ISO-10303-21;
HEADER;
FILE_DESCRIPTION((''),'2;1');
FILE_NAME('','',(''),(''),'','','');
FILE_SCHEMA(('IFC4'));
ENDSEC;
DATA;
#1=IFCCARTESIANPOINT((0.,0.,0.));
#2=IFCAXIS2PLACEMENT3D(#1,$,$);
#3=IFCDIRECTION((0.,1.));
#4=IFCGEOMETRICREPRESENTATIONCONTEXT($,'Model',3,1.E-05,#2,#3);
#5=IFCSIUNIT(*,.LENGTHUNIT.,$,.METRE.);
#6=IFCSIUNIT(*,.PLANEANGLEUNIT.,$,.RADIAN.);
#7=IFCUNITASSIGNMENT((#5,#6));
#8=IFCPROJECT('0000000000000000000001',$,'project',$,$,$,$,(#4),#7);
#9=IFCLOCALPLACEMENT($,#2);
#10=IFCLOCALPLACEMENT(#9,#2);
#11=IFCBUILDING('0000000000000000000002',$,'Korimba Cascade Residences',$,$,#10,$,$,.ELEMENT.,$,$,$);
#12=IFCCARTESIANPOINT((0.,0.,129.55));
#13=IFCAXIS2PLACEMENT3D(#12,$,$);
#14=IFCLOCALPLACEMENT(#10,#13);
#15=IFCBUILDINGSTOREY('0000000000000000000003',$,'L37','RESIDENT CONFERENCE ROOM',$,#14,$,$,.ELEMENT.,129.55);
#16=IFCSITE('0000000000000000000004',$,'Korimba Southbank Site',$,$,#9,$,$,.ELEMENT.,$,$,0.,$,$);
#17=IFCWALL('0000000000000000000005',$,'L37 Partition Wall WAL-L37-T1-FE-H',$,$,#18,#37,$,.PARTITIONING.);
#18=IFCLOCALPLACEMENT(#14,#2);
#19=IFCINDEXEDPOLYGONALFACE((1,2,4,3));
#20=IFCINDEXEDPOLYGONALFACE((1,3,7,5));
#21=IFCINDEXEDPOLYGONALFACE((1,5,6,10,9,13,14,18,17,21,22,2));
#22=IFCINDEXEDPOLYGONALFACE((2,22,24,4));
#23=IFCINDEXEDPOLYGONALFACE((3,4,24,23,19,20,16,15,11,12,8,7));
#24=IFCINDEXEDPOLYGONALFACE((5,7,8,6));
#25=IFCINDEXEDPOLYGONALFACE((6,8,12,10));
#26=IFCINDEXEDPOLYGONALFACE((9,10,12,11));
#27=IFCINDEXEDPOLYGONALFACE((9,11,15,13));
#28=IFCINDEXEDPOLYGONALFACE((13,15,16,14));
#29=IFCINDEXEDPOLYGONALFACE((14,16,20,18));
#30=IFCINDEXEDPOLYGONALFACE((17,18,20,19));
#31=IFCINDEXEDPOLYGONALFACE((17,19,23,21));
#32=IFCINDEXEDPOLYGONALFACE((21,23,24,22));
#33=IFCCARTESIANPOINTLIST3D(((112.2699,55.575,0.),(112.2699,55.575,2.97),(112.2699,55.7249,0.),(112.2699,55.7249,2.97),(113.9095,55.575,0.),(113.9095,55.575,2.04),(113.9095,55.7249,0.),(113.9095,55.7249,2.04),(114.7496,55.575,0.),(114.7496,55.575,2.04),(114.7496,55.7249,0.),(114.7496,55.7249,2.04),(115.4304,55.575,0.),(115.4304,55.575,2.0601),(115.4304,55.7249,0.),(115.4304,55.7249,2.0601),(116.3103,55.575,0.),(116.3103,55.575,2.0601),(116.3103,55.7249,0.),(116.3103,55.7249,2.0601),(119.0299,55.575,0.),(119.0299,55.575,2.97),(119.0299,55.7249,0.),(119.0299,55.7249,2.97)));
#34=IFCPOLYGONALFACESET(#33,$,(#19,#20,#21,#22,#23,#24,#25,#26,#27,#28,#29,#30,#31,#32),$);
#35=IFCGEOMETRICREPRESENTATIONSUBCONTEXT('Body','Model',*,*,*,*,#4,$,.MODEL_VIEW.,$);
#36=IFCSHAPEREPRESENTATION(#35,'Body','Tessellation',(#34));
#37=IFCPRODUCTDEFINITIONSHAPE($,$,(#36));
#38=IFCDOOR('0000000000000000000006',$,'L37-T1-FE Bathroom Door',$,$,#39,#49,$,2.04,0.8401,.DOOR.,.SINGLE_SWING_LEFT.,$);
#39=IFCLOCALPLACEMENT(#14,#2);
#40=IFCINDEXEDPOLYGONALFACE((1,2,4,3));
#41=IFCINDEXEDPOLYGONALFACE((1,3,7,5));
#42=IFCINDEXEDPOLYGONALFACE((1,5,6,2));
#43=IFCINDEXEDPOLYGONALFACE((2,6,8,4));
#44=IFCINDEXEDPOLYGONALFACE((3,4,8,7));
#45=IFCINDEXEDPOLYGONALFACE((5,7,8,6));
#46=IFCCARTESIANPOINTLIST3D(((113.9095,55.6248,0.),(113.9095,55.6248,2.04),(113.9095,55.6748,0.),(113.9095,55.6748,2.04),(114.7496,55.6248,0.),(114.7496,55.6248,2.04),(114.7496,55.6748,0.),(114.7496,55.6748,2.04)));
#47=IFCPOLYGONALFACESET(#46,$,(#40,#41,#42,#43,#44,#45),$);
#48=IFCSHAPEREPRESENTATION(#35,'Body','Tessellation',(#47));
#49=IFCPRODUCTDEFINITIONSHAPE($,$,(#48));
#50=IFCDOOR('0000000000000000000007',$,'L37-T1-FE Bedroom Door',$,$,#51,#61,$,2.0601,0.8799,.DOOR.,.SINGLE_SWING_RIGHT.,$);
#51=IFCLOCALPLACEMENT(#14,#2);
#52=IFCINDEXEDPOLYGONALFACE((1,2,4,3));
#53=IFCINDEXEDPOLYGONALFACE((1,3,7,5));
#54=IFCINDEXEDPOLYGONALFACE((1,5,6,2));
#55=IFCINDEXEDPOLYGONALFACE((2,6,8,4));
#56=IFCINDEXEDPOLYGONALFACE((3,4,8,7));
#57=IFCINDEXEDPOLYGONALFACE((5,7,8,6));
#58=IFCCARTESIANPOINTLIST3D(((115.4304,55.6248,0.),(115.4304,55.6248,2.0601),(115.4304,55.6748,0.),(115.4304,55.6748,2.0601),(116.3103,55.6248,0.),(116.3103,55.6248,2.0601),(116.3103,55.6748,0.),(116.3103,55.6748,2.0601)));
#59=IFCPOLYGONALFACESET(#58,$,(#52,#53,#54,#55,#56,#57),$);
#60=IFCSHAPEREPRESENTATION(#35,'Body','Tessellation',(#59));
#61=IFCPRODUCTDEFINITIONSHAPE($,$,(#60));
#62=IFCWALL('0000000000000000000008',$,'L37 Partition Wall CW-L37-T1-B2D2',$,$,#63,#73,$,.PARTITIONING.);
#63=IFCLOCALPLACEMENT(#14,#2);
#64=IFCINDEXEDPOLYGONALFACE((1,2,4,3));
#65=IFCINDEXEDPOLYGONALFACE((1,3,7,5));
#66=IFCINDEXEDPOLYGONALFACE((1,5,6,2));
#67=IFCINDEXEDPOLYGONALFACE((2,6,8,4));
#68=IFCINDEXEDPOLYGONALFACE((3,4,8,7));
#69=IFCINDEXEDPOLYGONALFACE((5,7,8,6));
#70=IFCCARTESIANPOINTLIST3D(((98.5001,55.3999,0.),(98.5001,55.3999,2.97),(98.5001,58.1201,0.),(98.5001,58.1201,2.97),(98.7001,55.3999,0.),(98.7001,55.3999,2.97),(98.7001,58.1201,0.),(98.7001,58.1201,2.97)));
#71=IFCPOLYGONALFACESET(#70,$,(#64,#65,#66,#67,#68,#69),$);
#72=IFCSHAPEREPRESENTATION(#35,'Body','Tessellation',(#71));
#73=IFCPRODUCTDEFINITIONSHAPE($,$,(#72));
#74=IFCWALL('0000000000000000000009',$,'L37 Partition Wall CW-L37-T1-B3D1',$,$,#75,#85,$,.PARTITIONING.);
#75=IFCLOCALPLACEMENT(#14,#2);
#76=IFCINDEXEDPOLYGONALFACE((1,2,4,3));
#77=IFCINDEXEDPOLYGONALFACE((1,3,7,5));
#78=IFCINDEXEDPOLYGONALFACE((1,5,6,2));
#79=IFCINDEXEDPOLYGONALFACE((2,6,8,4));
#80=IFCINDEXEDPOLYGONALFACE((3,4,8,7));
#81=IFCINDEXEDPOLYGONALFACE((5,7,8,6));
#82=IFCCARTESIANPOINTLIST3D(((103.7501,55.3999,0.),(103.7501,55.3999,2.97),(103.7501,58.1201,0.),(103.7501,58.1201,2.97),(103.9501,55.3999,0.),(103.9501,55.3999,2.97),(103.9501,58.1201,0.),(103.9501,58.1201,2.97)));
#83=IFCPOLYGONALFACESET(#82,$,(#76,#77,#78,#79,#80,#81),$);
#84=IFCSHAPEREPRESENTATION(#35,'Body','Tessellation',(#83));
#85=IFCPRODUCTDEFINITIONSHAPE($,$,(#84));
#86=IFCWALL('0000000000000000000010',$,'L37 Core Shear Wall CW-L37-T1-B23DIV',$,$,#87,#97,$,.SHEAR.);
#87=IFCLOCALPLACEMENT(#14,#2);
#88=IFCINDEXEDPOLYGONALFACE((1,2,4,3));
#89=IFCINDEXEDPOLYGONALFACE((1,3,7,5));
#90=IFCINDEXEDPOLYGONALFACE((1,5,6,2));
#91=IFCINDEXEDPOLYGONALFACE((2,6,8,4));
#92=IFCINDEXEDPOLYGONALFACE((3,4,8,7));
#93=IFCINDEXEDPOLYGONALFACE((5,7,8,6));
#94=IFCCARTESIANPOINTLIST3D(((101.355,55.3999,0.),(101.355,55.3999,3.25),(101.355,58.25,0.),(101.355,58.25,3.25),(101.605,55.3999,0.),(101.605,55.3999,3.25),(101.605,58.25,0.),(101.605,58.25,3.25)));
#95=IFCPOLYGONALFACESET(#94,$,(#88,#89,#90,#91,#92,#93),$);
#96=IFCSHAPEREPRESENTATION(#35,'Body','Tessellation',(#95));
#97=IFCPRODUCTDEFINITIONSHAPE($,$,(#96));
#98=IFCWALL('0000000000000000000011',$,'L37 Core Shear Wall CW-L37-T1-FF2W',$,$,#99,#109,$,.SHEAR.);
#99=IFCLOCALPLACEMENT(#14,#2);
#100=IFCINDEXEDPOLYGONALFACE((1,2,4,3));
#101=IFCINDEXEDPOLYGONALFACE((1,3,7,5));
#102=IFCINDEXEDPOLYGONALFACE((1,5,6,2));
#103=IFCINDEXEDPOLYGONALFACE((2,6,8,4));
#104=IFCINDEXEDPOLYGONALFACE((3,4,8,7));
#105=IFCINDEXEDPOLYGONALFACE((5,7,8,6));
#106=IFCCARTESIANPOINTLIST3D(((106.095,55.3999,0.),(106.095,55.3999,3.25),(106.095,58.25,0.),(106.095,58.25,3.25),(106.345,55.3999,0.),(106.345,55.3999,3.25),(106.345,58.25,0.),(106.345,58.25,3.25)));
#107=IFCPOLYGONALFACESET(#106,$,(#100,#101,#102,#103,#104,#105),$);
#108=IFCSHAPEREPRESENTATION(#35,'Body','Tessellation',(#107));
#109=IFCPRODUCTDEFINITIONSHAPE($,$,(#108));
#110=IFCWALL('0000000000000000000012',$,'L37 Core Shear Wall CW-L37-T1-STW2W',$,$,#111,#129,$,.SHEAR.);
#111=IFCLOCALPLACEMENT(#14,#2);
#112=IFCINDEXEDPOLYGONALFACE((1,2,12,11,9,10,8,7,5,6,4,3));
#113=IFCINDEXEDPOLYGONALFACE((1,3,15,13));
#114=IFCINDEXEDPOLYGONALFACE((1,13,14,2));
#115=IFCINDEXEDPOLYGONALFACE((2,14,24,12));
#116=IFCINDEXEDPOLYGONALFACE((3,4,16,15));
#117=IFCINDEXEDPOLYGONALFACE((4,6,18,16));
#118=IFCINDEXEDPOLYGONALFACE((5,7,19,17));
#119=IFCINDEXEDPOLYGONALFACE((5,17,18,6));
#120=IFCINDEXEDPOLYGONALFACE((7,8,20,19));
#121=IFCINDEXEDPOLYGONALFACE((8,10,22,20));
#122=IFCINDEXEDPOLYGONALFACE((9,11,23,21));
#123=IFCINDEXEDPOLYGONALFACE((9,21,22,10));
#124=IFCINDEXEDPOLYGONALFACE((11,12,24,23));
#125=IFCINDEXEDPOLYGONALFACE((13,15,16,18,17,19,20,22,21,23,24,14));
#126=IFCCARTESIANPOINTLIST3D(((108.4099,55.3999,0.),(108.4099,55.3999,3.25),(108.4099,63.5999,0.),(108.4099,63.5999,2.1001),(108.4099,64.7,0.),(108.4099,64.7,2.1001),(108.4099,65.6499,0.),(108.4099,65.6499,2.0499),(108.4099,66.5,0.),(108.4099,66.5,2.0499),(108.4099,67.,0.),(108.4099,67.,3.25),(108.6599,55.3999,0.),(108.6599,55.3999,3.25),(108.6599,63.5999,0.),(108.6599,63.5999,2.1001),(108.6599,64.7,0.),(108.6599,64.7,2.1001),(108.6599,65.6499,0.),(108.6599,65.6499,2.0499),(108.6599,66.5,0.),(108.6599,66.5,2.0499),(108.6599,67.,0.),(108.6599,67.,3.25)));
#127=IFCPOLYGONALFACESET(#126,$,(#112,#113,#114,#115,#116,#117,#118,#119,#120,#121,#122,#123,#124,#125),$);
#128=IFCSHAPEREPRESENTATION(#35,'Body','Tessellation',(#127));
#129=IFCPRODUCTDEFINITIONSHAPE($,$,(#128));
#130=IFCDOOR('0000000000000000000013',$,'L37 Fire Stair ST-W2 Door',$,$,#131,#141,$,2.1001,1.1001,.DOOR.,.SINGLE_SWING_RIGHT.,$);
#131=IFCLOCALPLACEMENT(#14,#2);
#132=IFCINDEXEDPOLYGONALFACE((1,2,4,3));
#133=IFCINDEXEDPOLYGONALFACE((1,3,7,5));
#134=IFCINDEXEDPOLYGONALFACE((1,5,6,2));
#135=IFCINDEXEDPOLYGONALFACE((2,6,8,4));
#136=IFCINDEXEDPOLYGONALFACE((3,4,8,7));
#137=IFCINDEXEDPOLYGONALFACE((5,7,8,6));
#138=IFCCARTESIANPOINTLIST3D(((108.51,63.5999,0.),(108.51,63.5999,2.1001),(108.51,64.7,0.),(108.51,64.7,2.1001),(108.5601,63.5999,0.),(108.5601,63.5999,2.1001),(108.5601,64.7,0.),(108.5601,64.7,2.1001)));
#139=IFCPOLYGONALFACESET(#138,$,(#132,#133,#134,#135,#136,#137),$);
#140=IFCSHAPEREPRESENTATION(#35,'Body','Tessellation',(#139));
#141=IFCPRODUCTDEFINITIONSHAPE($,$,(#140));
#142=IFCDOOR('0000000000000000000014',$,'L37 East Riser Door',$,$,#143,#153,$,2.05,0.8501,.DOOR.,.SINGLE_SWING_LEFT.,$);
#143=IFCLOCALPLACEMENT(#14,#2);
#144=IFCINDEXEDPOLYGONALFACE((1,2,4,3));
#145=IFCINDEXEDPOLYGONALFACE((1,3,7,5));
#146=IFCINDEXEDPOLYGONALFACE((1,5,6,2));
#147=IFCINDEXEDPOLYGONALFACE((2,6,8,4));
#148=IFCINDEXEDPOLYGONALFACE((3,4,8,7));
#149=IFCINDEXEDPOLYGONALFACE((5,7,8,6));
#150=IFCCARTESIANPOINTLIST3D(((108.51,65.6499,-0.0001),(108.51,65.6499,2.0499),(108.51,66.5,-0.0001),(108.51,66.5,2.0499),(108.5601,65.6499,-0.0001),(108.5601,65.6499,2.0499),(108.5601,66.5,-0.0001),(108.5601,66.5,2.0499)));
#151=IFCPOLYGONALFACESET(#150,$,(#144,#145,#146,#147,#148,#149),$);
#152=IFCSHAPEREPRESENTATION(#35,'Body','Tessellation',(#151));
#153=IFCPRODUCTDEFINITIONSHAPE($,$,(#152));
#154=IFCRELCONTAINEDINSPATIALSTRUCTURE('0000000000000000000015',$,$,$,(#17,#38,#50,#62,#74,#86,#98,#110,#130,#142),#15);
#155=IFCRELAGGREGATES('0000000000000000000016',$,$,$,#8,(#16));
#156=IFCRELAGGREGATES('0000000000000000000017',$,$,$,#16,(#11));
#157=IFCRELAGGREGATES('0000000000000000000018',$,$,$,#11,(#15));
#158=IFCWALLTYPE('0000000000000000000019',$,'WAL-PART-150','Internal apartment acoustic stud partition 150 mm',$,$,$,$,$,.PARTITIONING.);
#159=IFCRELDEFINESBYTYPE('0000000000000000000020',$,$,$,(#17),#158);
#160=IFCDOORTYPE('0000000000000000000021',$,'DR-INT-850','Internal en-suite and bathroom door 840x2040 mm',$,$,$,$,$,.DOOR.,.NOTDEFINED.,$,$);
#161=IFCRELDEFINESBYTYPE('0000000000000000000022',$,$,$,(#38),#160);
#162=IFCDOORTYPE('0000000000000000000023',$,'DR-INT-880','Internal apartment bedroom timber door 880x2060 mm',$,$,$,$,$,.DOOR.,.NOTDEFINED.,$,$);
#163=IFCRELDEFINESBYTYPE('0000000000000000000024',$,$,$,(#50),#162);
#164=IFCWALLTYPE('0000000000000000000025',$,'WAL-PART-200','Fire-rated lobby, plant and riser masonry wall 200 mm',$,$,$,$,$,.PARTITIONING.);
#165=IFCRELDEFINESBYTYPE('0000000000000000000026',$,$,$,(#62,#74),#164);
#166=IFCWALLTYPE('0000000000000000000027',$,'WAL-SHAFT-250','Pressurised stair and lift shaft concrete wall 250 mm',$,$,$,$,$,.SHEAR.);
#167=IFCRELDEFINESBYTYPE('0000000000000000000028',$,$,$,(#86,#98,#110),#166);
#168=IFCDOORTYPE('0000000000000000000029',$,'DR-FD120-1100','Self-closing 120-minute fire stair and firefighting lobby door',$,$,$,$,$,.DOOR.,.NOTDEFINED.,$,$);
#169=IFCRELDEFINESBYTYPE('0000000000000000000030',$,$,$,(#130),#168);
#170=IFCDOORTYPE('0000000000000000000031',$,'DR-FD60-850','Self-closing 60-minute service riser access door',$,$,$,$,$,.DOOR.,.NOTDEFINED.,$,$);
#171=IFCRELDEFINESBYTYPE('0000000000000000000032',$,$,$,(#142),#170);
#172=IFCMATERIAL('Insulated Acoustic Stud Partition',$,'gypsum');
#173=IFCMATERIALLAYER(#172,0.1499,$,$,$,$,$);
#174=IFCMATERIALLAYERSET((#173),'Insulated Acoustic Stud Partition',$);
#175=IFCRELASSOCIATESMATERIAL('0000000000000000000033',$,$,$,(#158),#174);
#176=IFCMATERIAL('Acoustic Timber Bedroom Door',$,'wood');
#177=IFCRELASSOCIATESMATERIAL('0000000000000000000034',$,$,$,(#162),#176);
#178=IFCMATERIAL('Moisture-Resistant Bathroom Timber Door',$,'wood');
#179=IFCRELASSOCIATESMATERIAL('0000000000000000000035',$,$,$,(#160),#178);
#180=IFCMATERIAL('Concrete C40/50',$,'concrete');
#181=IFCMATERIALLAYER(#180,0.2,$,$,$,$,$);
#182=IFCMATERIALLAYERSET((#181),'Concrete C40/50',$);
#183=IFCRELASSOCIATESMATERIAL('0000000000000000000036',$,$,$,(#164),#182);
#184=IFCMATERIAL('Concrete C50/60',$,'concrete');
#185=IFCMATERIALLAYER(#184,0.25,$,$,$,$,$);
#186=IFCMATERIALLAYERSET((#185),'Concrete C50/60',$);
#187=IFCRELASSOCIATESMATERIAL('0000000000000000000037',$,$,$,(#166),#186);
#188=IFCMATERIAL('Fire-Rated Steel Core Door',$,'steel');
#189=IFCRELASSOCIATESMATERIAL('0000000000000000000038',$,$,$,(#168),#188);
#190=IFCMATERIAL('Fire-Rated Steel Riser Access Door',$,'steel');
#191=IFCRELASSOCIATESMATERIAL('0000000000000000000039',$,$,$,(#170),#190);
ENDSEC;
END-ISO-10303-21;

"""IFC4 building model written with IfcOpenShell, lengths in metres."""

from ifc_helpers import new_model, si_unit, direction, frame, frame_2d, origin, place, context, subcontext, project, spatial, rectangle, extrude, material, layer, layer_set, type_object, element, fill, save


model = new_model("IFC4")

# Units and contexts
model_context = context("Model", 3, precision=1e-05, world=origin(), true_north=direction((0.0, 1.0)))
body_context = subcontext(model_context, "Body", "Model", "MODEL_VIEW")
ifc_project = project(units=[si_unit("LENGTHUNIT", "METRE"), si_unit("PLANEANGLEUNIT", "RADIAN")], contexts=[model_context])

# Site, building, storey
site_placement = place(None, origin())
site = spatial("IfcSite", under=ifc_project, at=site_placement, Name="Korimba Southbank Site", CompositionType="ELEMENT", RefElevation=0.0)
building_placement = place(site_placement, origin())
building = spatial("IfcBuilding", under=site, at=building_placement, Name="Korimba Cascade Residences", CompositionType="ELEMENT")
storey_placement = place(building_placement, frame((0.0, 0.0, 129.55)))
storey = spatial("IfcBuildingStorey", under=building, at=storey_placement, Name="L37", Description="RESIDENT CONFERENCE ROOM", CompositionType="ELEMENT", Elevation=129.55)

# Shared definitions
ifc_material_1 = material(Name="Insulated Acoustic Stud Partition", Category="gypsum")
ifc_layer_1 = layer(ifc_material_1, 0.1499)
ifc_layer_set_1 = layer_set([ifc_layer_1], Name="Insulated Acoustic Stud Partition")
wall_type_1 = type_object("IfcWallType", Name="WAL-PART-150", Description="Internal apartment acoustic stud partition 150 mm", PredefinedType="PARTITIONING", material=ifc_layer_set_1)
ifc_material_2 = material(Name="Acoustic Timber Bedroom Door", Category="wood")
door_type_1 = type_object("IfcDoorType", Name="DR-INT-880", Description="Internal apartment bedroom timber door 880x2060 mm", OperationType="NOTDEFINED", PredefinedType="DOOR", material=ifc_material_2)

# Wall, openings, doors
wall_1_placement = place(storey_placement, frame((112.27, 55.6499, 0.0), z_axis=(0.0, 0.0, 1.0), x_axis=(1.0, 0.0, 0.0)))
wall_1 = element("IfcWall", 1, at=wall_1_placement, inside=storey, type_object=wall_type_1, Name="L37 Partition Wall WAL-L37-T1-FE-H", PredefinedType="PARTITIONING", context=body_context, shape_type="SweptSolid", body=[
    extrude(rectangle(XDim=6.76, YDim=0.1499, at=frame_2d((3.3799, 0.0))), origin(), (0.0, 0.0, 1.0), 2.97),
])
opening_1_placement = place(wall_1_placement, frame((1.6396, 0.0, 0.0)))
opening_1 = element("IfcOpeningElement", 2, at=opening_1_placement, cuts=wall_1, PredefinedType="OPENING", context=body_context, shape_type="SweptSolid", body=[
    extrude(rectangle(XDim=0.8401, YDim=2.04, at=frame_2d((0.4199, 1.02))), frame((0.0, 0.085, 0.0), z_axis=(0.0, -1.0, 0.0), x_axis=(1.0, 0.0, 0.0)), (0.0, 0.0, 1.0), 0.1699),
])
opening_2_placement = place(wall_1_placement, frame((3.1604, 0.0, 0.0)))
opening_2 = element("IfcOpeningElement", 3, at=opening_2_placement, cuts=wall_1, PredefinedType="OPENING", context=body_context, shape_type="SweptSolid", body=[
    extrude(rectangle(XDim=0.8799, YDim=2.0601, at=frame_2d((0.4399, 1.03))), frame((0.0, 0.085, 0.0), z_axis=(0.0, -1.0, 0.0), x_axis=(1.0, 0.0, 0.0)), (0.0, 0.0, 1.0), 0.1699),
])
ifc_material_3 = material(Name="Moisture-Resistant Bathroom Timber Door", Category="wood")
door_type_2 = type_object("IfcDoorType", Name="DR-INT-850", Description="Internal en-suite and bathroom door 840x2040 mm", OperationType="NOTDEFINED", PredefinedType="DOOR", material=ifc_material_3)
door_1_placement = place(opening_1_placement, origin())
door_1 = element("IfcDoor", 4, at=door_1_placement, inside=storey, type_object=door_type_2, Name="L37-T1-FE Bathroom Door", OperationType="SINGLE_SWING_LEFT", OverallHeight=2.04, OverallWidth=0.8401, PredefinedType="DOOR", context=body_context, shape_type="SweptSolid", body=[
    extrude(rectangle(XDim=0.8401, YDim=2.04, at=frame_2d((0.4199, 1.02))), frame((0.0, 0.0249, 0.0), z_axis=(0.0, -1.0, 0.0), x_axis=(1.0, 0.0, 0.0)), (0.0, 0.0, 1.0), 0.05),
])
fill(opening_1, door_1)
door_2_placement = place(opening_2_placement, origin())
door_2 = element("IfcDoor", 5, at=door_2_placement, inside=storey, type_object=door_type_1, Name="L37-T1-FE Bedroom Door", OperationType="SINGLE_SWING_RIGHT", OverallHeight=2.0601, OverallWidth=0.8799, PredefinedType="DOOR", context=body_context, shape_type="SweptSolid", body=[
    extrude(rectangle(XDim=0.8799, YDim=2.0601, at=frame_2d((0.4399, 1.03))), frame((0.0, 0.0249, 0.0), z_axis=(0.0, -1.0, 0.0), x_axis=(1.0, 0.0, 0.0)), (0.0, 0.0, 1.0), 0.05),
])
fill(opening_2, door_2)

# Walls
ifc_material_4 = material(Name="Concrete C40/50", Category="concrete")
ifc_layer_2 = layer(ifc_material_4, 0.2)
ifc_layer_set_2 = layer_set([ifc_layer_2], Name="Concrete C40/50")
wall_type_2 = type_object("IfcWallType", Name="WAL-PART-200", Description="Fire-rated lobby, plant and riser masonry wall 200 mm", PredefinedType="PARTITIONING", material=ifc_layer_set_2)
for number, where, z_axis, x_axis, name in (
    (6, (98.6001, 55.3999, 0.0), (0.0, 0.0, 1.0), (0.0, 1.0, 0.0), "L37 Partition Wall CW-L37-T1-B2D2"),
    (7, (103.8501, 55.3999, 0.0), (0.0, 0.0, 1.0), (0.0, 1.0, 0.0), "L37 Partition Wall CW-L37-T1-B3D1"),
):
    element("IfcWall", number, at=place(storey_placement, frame(where, z_axis=z_axis, x_axis=x_axis)), inside=storey, type_object=wall_type_2, Name=name, PredefinedType="PARTITIONING", context=body_context, shape_type="SweptSolid", body=[
        extrude(rectangle(XDim=2.7202, YDim=0.2, at=frame_2d((1.3601, 0.0))), origin(), (0.0, 0.0, 1.0), 2.97),
    ])
ifc_material_5 = material(Name="Concrete C50/60", Category="concrete")
ifc_layer_3 = layer(ifc_material_5, 0.25)
ifc_layer_set_3 = layer_set([ifc_layer_3], Name="Concrete C50/60")
wall_type_3 = type_object("IfcWallType", Name="WAL-SHAFT-250", Description="Pressurised stair and lift shaft concrete wall 250 mm", PredefinedType="SHEAR", material=ifc_layer_set_3)
for number, where, z_axis, x_axis, name in (
    (8, (101.48, 55.3999, 0.0), (0.0, 0.0, 1.0), (0.0, 1.0, 0.0), "L37 Core Shear Wall CW-L37-T1-B23DIV"),
    (9, (106.22, 55.3999, 0.0), (0.0, 0.0, 1.0), (0.0, 1.0, 0.0), "L37 Core Shear Wall CW-L37-T1-FF2W"),
):
    element("IfcWall", number, at=place(storey_placement, frame(where, z_axis=z_axis, x_axis=x_axis)), inside=storey, type_object=wall_type_3, Name=name, PredefinedType="SHEAR", context=body_context, shape_type="SweptSolid", body=[
        extrude(rectangle(XDim=2.8501, YDim=0.25, at=frame_2d((1.425, 0.0))), origin(), (0.0, 0.0, 1.0), 3.25),
    ])

# Wall, openings, doors
wall_2_placement = place(storey_placement, frame((108.5349, 55.3999, 0.0), z_axis=(0.0, 0.0, 1.0), x_axis=(0.0, 1.0, 0.0)))
wall_2 = element("IfcWall", 10, at=wall_2_placement, inside=storey, type_object=wall_type_3, Name="L37 Core Shear Wall CW-L37-T1-STW2W", PredefinedType="SHEAR", context=body_context, shape_type="SweptSolid", body=[
    extrude(rectangle(XDim=11.6001, YDim=0.25, at=frame_2d((5.8, 0.0))), origin(), (0.0, 0.0, 1.0), 3.25),
])
opening_3_placement = place(wall_2_placement, frame((8.2, 0.0, 0.0)))
opening_3 = element("IfcOpeningElement", 11, at=opening_3_placement, cuts=wall_2, PredefinedType="OPENING", context=body_context, shape_type="SweptSolid", body=[
    extrude(rectangle(XDim=1.1001, YDim=2.1001, at=frame_2d((0.55, 1.05))), frame((0.0, 0.135, 0.0), z_axis=(0.0, -1.0, 0.0), x_axis=(1.0, 0.0, 0.0)), (0.0, 0.0, 1.0), 0.27),
])
opening_4_placement = place(wall_2_placement, frame((10.25, 0.0, 0.0)))
opening_4 = element("IfcOpeningElement", 12, at=opening_4_placement, cuts=wall_2, PredefinedType="OPENING", context=body_context, shape_type="SweptSolid", body=[
    extrude(rectangle(XDim=0.8501, YDim=2.05, at=frame_2d((0.425, 1.0249))), frame((0.0, 0.135, 0.0), z_axis=(0.0, -1.0, 0.0), x_axis=(1.0, 0.0, 0.0)), (0.0, 0.0, 1.0), 0.27),
])
ifc_material_6 = material(Name="Fire-Rated Steel Core Door", Category="steel")
door_type_3 = type_object("IfcDoorType", Name="DR-FD120-1100", Description="Self-closing 120-minute fire stair and firefighting lobby door", OperationType="NOTDEFINED", PredefinedType="DOOR", material=ifc_material_6)
door_3_placement = place(opening_3_placement, origin())
door_3 = element("IfcDoor", 13, at=door_3_placement, inside=storey, type_object=door_type_3, Name="L37 Fire Stair ST-W2 Door", OperationType="SINGLE_SWING_RIGHT", OverallHeight=2.1001, OverallWidth=1.1001, PredefinedType="DOOR", context=body_context, shape_type="SweptSolid", body=[
    extrude(rectangle(XDim=1.1001, YDim=2.1001, at=frame_2d((0.55, 1.05))), frame((0.0, 0.0249, 0.0), z_axis=(0.0, -1.0, 0.0), x_axis=(1.0, 0.0, 0.0)), (0.0, 0.0, 1.0), 0.05),
])
fill(opening_3, door_3)
ifc_material_7 = material(Name="Fire-Rated Steel Riser Access Door", Category="steel")
door_type_4 = type_object("IfcDoorType", Name="DR-FD60-850", Description="Self-closing 60-minute service riser access door", OperationType="NOTDEFINED", PredefinedType="DOOR", material=ifc_material_7)
door_4_placement = place(opening_4_placement, origin())
door_4 = element("IfcDoor", 14, at=door_4_placement, inside=storey, type_object=door_type_4, Name="L37 East Riser Door", OperationType="SINGLE_SWING_LEFT", OverallHeight=2.05, OverallWidth=0.8501, PredefinedType="DOOR", context=body_context, shape_type="SweptSolid", body=[
    extrude(rectangle(XDim=0.8501, YDim=2.05, at=frame_2d((0.425, 1.0249))), frame((0.0, 0.0249, 0.0), z_axis=(0.0, -1.0, 0.0), x_axis=(1.0, 0.0, 0.0)), (0.0, 0.0, 1.0), 0.05),
])
fill(opening_4, door_4)

save(model, "model.ifc")
